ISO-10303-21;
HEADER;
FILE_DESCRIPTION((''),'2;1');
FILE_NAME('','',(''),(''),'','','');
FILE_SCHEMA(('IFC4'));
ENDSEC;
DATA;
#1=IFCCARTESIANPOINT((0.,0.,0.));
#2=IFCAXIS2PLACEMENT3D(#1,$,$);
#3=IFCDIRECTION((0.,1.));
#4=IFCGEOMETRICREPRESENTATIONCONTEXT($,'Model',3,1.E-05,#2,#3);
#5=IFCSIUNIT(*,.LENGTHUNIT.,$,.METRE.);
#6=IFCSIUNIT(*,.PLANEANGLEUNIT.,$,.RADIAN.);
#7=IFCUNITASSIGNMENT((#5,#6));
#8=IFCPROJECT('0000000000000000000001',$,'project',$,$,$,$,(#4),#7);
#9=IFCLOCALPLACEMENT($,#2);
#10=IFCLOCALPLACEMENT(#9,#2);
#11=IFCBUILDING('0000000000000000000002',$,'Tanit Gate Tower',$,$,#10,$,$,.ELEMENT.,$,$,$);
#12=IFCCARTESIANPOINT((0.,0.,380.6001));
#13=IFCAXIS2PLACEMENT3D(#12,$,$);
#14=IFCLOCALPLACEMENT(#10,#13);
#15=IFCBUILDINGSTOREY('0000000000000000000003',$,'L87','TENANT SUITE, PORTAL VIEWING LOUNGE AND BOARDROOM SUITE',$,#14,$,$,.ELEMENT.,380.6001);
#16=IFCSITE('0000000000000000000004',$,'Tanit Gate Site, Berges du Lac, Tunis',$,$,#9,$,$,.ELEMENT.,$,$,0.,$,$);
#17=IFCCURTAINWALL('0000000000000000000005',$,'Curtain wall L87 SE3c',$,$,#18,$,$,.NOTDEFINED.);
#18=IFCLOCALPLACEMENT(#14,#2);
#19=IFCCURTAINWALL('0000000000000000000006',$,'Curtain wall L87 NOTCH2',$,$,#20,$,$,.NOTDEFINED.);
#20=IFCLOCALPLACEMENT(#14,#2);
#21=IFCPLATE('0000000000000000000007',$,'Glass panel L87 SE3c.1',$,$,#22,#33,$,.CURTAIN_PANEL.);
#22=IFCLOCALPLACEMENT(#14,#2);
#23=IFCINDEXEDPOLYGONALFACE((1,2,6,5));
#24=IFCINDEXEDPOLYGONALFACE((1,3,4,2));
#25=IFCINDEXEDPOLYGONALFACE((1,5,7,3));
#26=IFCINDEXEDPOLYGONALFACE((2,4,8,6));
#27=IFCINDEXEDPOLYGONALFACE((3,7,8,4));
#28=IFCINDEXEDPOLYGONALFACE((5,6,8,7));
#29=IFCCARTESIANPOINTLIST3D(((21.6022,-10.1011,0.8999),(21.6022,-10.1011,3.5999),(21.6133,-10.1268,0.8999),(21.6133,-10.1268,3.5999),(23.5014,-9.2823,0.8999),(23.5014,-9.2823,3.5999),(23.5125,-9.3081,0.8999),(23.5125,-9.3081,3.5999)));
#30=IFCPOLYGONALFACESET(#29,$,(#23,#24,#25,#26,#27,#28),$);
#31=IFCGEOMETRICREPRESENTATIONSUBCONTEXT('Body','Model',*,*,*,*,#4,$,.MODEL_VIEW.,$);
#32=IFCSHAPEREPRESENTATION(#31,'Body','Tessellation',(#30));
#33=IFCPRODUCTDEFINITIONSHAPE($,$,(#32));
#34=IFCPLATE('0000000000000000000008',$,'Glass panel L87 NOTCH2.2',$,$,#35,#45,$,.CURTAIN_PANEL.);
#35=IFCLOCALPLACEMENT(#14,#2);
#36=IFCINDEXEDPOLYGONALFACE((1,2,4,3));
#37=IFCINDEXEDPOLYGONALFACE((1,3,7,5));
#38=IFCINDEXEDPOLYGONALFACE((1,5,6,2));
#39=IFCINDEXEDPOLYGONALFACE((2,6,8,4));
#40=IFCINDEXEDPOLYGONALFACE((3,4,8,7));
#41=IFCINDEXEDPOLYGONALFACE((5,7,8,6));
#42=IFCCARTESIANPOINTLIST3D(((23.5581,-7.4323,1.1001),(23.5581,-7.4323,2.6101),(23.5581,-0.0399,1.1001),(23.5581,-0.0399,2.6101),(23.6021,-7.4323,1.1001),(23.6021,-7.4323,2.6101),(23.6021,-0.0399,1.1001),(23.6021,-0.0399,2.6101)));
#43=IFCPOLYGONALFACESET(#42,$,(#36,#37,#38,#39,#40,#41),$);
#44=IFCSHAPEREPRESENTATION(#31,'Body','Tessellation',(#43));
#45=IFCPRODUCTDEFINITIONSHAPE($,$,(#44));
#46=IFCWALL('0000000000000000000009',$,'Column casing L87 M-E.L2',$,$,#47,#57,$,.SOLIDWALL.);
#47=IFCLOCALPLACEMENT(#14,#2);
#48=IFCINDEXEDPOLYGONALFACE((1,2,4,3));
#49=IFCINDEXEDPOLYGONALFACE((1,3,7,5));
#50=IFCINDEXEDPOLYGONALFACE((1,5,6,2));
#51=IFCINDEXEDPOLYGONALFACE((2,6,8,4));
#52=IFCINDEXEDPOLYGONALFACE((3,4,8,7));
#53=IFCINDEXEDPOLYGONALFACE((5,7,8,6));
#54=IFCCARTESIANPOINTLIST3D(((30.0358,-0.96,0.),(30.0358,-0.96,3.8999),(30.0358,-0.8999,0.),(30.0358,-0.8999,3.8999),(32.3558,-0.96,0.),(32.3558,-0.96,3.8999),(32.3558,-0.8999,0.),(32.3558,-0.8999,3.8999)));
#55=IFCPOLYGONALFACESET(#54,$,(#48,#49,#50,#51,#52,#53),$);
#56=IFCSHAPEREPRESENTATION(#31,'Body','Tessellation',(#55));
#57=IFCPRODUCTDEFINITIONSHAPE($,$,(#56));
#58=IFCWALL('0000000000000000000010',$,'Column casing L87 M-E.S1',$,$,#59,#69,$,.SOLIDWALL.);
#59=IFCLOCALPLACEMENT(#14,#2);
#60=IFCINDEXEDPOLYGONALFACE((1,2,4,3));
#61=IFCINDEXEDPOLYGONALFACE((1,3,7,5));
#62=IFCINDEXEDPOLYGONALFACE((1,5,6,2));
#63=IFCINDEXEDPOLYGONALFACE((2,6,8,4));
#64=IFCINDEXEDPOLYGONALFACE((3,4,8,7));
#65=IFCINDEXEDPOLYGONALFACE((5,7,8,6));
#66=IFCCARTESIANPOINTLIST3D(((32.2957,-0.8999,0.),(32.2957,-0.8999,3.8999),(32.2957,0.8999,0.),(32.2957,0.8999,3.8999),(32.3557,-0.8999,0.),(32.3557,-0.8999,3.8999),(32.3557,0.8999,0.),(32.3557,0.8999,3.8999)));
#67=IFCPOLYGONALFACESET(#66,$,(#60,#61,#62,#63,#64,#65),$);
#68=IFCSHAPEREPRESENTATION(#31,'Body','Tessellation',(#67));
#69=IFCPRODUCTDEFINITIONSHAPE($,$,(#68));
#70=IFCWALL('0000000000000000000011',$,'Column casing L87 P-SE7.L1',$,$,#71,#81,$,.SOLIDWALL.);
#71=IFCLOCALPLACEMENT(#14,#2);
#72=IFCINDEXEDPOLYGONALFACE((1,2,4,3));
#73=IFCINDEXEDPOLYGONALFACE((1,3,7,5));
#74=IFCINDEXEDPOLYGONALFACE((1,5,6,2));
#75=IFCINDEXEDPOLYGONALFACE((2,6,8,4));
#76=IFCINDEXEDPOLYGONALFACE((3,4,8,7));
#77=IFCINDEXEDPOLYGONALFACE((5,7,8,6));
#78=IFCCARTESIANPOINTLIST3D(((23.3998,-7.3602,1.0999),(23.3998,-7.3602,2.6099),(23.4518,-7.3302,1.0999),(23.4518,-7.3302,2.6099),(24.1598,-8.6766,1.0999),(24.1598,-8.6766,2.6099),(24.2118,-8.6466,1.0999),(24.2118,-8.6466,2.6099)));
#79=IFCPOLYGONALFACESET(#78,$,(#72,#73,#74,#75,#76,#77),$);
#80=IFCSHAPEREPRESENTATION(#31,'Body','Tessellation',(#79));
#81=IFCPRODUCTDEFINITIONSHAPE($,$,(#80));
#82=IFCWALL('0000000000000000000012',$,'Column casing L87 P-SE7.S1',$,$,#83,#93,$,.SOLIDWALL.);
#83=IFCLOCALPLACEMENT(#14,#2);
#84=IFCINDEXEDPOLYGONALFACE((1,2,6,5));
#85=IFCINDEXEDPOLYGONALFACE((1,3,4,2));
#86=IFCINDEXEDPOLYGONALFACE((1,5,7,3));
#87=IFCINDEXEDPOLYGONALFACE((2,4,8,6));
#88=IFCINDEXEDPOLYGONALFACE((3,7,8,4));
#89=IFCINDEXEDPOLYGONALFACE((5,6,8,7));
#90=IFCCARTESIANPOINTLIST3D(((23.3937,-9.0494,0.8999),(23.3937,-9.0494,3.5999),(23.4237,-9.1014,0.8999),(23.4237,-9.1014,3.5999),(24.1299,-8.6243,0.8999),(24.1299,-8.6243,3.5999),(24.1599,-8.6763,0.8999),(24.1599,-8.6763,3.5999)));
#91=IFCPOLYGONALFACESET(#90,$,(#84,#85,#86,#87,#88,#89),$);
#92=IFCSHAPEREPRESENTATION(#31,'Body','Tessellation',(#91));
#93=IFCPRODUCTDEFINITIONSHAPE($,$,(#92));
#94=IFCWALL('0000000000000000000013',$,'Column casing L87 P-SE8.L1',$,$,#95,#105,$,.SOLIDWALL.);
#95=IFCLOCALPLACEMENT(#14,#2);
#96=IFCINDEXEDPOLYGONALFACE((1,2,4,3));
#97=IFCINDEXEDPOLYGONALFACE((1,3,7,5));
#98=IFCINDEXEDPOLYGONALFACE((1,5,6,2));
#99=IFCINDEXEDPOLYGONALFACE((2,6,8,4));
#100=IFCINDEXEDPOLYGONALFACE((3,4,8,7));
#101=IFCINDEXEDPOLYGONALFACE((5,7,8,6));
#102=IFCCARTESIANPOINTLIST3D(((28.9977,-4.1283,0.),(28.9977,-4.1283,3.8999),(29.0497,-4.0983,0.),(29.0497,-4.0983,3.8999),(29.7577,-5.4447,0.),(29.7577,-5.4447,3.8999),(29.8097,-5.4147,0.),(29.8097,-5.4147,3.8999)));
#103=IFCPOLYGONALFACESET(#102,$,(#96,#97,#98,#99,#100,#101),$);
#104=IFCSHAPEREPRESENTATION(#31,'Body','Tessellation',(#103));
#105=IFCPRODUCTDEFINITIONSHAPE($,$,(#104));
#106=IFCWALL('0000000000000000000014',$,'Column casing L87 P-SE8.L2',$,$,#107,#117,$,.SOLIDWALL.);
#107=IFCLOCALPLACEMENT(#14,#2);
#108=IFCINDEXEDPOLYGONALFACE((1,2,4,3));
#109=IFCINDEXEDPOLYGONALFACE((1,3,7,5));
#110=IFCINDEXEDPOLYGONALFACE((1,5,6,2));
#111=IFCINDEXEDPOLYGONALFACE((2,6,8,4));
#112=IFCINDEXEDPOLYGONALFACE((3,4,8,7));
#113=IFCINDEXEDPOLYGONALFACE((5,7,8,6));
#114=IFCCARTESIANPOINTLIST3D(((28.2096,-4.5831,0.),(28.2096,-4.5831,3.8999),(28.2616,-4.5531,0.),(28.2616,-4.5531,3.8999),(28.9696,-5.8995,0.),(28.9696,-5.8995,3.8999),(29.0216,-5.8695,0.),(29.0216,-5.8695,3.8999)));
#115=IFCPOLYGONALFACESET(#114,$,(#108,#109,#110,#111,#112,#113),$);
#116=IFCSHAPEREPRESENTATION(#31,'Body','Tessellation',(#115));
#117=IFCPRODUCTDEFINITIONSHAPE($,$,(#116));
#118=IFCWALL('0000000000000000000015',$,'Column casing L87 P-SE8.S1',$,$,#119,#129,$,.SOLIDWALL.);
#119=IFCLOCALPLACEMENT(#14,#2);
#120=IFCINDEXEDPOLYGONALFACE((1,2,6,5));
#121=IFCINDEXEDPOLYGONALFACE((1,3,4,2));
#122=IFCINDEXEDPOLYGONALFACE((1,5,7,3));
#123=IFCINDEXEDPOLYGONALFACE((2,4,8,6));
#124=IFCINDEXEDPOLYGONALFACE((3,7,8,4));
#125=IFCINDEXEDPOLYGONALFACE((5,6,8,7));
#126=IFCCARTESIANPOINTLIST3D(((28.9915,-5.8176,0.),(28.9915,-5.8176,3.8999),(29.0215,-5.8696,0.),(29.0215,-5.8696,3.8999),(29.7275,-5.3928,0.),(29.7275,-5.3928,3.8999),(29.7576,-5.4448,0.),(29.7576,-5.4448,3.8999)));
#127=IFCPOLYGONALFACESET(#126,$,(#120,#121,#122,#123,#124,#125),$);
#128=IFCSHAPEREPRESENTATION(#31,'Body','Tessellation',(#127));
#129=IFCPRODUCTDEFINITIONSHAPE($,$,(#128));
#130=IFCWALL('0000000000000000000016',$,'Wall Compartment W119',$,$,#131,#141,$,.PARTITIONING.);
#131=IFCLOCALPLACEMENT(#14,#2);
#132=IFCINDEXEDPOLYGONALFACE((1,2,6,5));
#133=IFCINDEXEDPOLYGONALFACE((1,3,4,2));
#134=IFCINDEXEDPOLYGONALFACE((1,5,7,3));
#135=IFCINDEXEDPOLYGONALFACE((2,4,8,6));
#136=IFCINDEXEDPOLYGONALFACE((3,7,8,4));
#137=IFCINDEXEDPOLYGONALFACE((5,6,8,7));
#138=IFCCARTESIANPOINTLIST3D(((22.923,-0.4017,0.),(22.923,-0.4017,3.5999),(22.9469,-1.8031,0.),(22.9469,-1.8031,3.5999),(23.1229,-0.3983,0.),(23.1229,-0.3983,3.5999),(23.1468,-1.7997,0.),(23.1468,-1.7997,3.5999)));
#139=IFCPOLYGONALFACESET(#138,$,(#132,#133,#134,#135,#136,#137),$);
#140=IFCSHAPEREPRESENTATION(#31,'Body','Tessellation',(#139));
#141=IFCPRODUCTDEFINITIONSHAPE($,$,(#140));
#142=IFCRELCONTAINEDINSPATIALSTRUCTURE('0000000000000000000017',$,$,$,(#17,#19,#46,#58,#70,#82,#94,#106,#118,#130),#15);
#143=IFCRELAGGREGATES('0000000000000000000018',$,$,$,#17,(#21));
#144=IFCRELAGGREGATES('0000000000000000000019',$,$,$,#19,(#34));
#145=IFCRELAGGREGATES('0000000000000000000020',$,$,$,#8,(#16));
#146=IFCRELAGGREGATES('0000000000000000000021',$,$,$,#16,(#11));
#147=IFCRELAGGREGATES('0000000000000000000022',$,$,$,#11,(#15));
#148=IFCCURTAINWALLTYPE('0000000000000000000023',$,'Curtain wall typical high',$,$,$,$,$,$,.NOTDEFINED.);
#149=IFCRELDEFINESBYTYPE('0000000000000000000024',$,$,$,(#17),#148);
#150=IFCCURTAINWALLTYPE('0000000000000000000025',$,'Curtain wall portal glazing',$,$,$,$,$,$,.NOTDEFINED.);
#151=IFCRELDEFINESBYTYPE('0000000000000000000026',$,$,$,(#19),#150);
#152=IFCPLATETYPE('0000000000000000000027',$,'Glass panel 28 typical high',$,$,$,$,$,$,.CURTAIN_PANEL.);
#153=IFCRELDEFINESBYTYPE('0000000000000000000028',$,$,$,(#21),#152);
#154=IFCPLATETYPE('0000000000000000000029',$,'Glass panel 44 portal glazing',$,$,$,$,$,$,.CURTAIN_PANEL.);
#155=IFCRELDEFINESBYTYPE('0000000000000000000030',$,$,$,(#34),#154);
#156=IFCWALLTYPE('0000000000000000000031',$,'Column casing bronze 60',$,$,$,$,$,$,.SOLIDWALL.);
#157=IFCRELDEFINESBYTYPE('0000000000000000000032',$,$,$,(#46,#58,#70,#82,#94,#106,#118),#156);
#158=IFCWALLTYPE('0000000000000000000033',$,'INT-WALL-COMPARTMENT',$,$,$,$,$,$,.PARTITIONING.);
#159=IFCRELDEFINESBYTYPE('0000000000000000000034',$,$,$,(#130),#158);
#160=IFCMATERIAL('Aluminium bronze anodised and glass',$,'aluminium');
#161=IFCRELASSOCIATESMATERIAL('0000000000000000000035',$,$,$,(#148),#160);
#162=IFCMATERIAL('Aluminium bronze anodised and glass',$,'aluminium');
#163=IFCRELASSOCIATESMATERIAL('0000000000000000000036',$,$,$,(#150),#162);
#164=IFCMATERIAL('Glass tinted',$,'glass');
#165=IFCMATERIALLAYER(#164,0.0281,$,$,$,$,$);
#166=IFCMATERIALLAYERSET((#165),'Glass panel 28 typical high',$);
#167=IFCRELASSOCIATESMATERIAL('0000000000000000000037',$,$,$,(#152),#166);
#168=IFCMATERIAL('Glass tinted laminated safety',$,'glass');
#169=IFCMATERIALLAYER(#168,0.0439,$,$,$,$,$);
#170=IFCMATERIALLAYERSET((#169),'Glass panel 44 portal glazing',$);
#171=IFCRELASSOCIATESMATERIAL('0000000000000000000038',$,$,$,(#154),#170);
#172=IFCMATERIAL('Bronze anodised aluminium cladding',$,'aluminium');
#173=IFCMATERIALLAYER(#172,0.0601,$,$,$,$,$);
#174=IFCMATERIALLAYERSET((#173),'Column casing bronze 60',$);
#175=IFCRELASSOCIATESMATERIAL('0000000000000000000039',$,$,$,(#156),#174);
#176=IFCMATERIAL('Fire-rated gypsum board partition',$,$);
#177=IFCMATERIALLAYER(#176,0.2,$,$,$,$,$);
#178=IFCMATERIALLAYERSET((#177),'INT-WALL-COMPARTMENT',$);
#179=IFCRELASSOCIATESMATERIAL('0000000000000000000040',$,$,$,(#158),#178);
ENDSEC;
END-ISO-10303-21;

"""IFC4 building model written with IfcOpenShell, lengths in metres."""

from ifc_helpers import new_model, si_unit, direction, frame, frame_2d, origin, origin_2d, place, context, subcontext, project, spatial, rectangle, extrude, material, layer, layer_set, type_object, element, aggregate, save


model = new_model("IFC4")

# Units and contexts
model_context = context("Model", 3, precision=1e-05, world=origin(), true_north=direction((0.0, 1.0)))
body_context = subcontext(model_context, "Body", "Model", "MODEL_VIEW")
ifc_project = project(units=[si_unit("LENGTHUNIT", "METRE"), si_unit("PLANEANGLEUNIT", "RADIAN")], contexts=[model_context])

# Site, building, storey
site_placement = place(None, origin())
site = spatial("IfcSite", under=ifc_project, at=site_placement, Name="Tanit Gate Site, Berges du Lac, Tunis", CompositionType="ELEMENT", RefElevation=0.0)
building_placement = place(site_placement, origin())
building = spatial("IfcBuilding", under=site, at=building_placement, Name="Tanit Gate Tower", CompositionType="ELEMENT")
storey_placement = place(building_placement, frame((0.0, 0.0, 380.6001)))
storey = spatial("IfcBuildingStorey", under=building, at=storey_placement, Name="L87", Description="TENANT SUITE, PORTAL VIEWING LOUNGE AND BOARDROOM SUITE", CompositionType="ELEMENT", Elevation=380.6001)

# Curtain wall
ifc_material_1 = material(Name="Aluminium bronze anodised and glass", Category="aluminium")
curtain_wall_type_1 = type_object("IfcCurtainWallType", Name="Curtain wall typical high", PredefinedType="NOTDEFINED", material=ifc_material_1)
curtain_wall_1_placement = place(storey_placement, origin())
curtain_wall_1 = element("IfcCurtainWall", 1, at=curtain_wall_1_placement, inside=storey, type_object=curtain_wall_type_1, Name="Curtain wall L87 SE3c", PredefinedType="NOTDEFINED")

# Curtain wall
ifc_material_2 = material(Name="Aluminium bronze anodised and glass", Category="aluminium")
curtain_wall_type_2 = type_object("IfcCurtainWallType", Name="Curtain wall portal glazing", PredefinedType="NOTDEFINED", material=ifc_material_2)
curtain_wall_2_placement = place(storey_placement, origin())
curtain_wall_2 = element("IfcCurtainWall", 2, at=curtain_wall_2_placement, inside=storey, type_object=curtain_wall_type_2, Name="Curtain wall L87 NOTCH2", PredefinedType="NOTDEFINED")

# Plates
ifc_material_3 = material(Name="Glass tinted", Category="glass")
ifc_layer_1 = layer(ifc_material_3, 0.0281)
ifc_layer_set_1 = layer_set([ifc_layer_1], Name="Glass panel 28 typical high")
plate_type_1 = type_object("IfcPlateType", Name="Glass panel 28 typical high", PredefinedType="CURTAIN_PANEL", material=ifc_layer_set_1)
plate_1_placement = place(storey_placement, frame((22.5574, -9.7046, 0.8999), z_axis=(0.0, 0.0, 1.0), x_axis=(0.918306, 0.395871, 0.0)))
plate_1 = element("IfcPlate", 3, at=plate_1_placement, type_object=plate_type_1, Name="Glass panel L87 SE3c.1", PredefinedType="CURTAIN_PANEL", context=body_context, shape_type="SweptSolid", body=[
    extrude(rectangle(XDim=2.0681, YDim=0.0281, at=origin_2d()), origin(), (0.0, 0.0, 1.0), 2.7),
])
aggregate(curtain_wall_1, [plate_1])
ifc_material_4 = material(Name="Glass tinted laminated safety", Category="glass")
ifc_layer_2 = layer(ifc_material_4, 0.0439)
ifc_layer_set_2 = layer_set([ifc_layer_2], Name="Glass panel 44 portal glazing")
plate_type_2 = type_object("IfcPlateType", Name="Glass panel 44 portal glazing", PredefinedType="CURTAIN_PANEL", material=ifc_layer_set_2)
plate_2_placement = place(storey_placement, frame((23.5801, -3.7361, 1.1001), z_axis=(0.0, 0.0, 1.0), x_axis=(0.0, -1.0, 0.0)))
plate_2 = element("IfcPlate", 4, at=plate_2_placement, type_object=plate_type_2, Name="Glass panel L87 NOTCH2.2", PredefinedType="CURTAIN_PANEL", context=body_context, shape_type="SweptSolid", body=[
    extrude(rectangle(XDim=7.3923, YDim=0.0439, at=origin_2d()), origin(), (0.0, 0.0, 1.0), 1.51),
])
aggregate(curtain_wall_2, [plate_2])

# Walls
ifc_material_5 = material(Name="Bronze anodised aluminium cladding", Category="aluminium")
ifc_layer_3 = layer(ifc_material_5, 0.0601)
ifc_layer_set_3 = layer_set([ifc_layer_3], Name="Column casing bronze 60")
wall_type_1 = type_object("IfcWallType", Name="Column casing bronze 60", PredefinedType="SOLIDWALL", material=ifc_layer_set_3)
wall_1_placement = place(storey_placement, frame((30.0356, -0.9299, 0.0), z_axis=(0.0, 0.0, 1.0), x_axis=(1.0, 0.0, 0.0)))
element("IfcWall", 5, at=wall_1_placement, inside=storey, type_object=wall_type_1, Name="Column casing L87 M-E.L2", PredefinedType="SOLIDWALL", context=body_context, shape_type="SweptSolid", body=[
    extrude(rectangle(XDim=2.3201, YDim=0.0601, at=frame_2d((1.1602, 0.0))), origin(), (0.0, 0.0, 1.0), 3.8999),
])
wall_2_placement = place(storey_placement, frame((32.3257, -0.8999, 0.0), z_axis=(0.0, 0.0, 1.0), x_axis=(0.0, 1.0, 0.0)))
element("IfcWall", 6, at=wall_2_placement, inside=storey, type_object=wall_type_1, Name="Column casing L87 M-E.S1", PredefinedType="SOLIDWALL", context=body_context, shape_type="SweptSolid", body=[
    extrude(rectangle(XDim=1.7998, YDim=0.0601, at=frame_2d((0.8999, 0.0))), origin(), (0.0, 0.0, 1.0), 3.8999),
])
wall_3_placement = place(storey_placement, frame((23.4258, -7.3452, 1.0999), z_axis=(0.0, 0.0, 1.0), x_axis=(0.499991, -0.86603, 0.0)))
element("IfcWall", 7, at=wall_3_placement, inside=storey, type_object=wall_type_1, Name="Column casing L87 P-SE7.L1", PredefinedType="SOLIDWALL", context=body_context, shape_type="SweptSolid", body=[
    extrude(rectangle(XDim=1.52, YDim=0.0601, at=frame_2d((0.76, 0.0))), origin(), (0.0, 0.0, 1.0), 1.51),
])
wall_4_placement = place(storey_placement, frame((23.4087, -9.0754, 0.8999), z_axis=(0.0, 0.0, 1.0), x_axis=(0.865989, 0.500062, 0.0)))
element("IfcWall", 8, at=wall_4_placement, inside=storey, type_object=wall_type_1, Name="Column casing L87 P-SE7.S1", PredefinedType="SOLIDWALL", context=body_context, shape_type="SweptSolid", body=[
    extrude(rectangle(XDim=0.8501, YDim=0.0601, at=frame_2d((0.425, 0.0))), origin(), (0.0, 0.0, 1.0), 2.7),
])
for number, where, z_axis, x_axis, name in (
    (9, (29.0237, -4.1133, 0.0), (0.0, 0.0, 1.0), (0.499991, -0.86603, 0.0), "Column casing L87 P-SE8.L1"),
    (10, (28.2356, -4.5681, 0.0), (0.0, 0.0, 1.0), (0.499991, -0.86603, 0.0), "Column casing L87 P-SE8.L2"),
):
    element("IfcWall", number, at=place(storey_placement, frame(where, z_axis=z_axis, x_axis=x_axis)), inside=storey, type_object=wall_type_1, Name=name, PredefinedType="SOLIDWALL", context=body_context, shape_type="SweptSolid", body=[
        extrude(rectangle(XDim=1.52, YDim=0.0601, at=frame_2d((0.76, 0.0))), origin(), (0.0, 0.0, 1.0), 3.8999),
    ])
wall_5_placement = place(storey_placement, frame((29.0066, -5.8435, 0.0), z_axis=(0.0, 0.0, 1.0), x_axis=(0.866114, 0.499847, 0.0)))
element("IfcWall", 11, at=wall_5_placement, inside=storey, type_object=wall_type_1, Name="Column casing L87 P-SE8.S1", PredefinedType="SOLIDWALL", context=body_context, shape_type="SweptSolid", body=[
    extrude(rectangle(XDim=0.8499, YDim=0.0601, at=frame_2d((0.4248, 0.0))), origin(), (0.0, 0.0, 1.0), 3.8999),
])
ifc_material_6 = material(Name="Fire-rated gypsum board partition")
ifc_layer_4 = layer(ifc_material_6, 0.2)
ifc_layer_set_4 = layer_set([ifc_layer_4], Name="INT-WALL-COMPARTMENT")
wall_type_2 = type_object("IfcWallType", Name="INT-WALL-COMPARTMENT", PredefinedType="PARTITIONING", material=ifc_layer_set_4)
wall_6_placement = place(storey_placement, frame((23.0469, -1.8013, 0.0), z_axis=(0.0, 0.0, 1.0), x_axis=(-0.017071, 0.999854, 0.0)))
element("IfcWall", 12, at=wall_6_placement, inside=storey, type_object=wall_type_2, Name="Wall Compartment W119", PredefinedType="PARTITIONING", context=body_context, shape_type="SweptSolid", body=[
    extrude(rectangle(XDim=1.4016, YDim=0.2, at=frame_2d((0.7007, 0.0))), origin(), (0.0, 0.0, 1.0), 3.5999),
])

save(model, "model.ifc")
